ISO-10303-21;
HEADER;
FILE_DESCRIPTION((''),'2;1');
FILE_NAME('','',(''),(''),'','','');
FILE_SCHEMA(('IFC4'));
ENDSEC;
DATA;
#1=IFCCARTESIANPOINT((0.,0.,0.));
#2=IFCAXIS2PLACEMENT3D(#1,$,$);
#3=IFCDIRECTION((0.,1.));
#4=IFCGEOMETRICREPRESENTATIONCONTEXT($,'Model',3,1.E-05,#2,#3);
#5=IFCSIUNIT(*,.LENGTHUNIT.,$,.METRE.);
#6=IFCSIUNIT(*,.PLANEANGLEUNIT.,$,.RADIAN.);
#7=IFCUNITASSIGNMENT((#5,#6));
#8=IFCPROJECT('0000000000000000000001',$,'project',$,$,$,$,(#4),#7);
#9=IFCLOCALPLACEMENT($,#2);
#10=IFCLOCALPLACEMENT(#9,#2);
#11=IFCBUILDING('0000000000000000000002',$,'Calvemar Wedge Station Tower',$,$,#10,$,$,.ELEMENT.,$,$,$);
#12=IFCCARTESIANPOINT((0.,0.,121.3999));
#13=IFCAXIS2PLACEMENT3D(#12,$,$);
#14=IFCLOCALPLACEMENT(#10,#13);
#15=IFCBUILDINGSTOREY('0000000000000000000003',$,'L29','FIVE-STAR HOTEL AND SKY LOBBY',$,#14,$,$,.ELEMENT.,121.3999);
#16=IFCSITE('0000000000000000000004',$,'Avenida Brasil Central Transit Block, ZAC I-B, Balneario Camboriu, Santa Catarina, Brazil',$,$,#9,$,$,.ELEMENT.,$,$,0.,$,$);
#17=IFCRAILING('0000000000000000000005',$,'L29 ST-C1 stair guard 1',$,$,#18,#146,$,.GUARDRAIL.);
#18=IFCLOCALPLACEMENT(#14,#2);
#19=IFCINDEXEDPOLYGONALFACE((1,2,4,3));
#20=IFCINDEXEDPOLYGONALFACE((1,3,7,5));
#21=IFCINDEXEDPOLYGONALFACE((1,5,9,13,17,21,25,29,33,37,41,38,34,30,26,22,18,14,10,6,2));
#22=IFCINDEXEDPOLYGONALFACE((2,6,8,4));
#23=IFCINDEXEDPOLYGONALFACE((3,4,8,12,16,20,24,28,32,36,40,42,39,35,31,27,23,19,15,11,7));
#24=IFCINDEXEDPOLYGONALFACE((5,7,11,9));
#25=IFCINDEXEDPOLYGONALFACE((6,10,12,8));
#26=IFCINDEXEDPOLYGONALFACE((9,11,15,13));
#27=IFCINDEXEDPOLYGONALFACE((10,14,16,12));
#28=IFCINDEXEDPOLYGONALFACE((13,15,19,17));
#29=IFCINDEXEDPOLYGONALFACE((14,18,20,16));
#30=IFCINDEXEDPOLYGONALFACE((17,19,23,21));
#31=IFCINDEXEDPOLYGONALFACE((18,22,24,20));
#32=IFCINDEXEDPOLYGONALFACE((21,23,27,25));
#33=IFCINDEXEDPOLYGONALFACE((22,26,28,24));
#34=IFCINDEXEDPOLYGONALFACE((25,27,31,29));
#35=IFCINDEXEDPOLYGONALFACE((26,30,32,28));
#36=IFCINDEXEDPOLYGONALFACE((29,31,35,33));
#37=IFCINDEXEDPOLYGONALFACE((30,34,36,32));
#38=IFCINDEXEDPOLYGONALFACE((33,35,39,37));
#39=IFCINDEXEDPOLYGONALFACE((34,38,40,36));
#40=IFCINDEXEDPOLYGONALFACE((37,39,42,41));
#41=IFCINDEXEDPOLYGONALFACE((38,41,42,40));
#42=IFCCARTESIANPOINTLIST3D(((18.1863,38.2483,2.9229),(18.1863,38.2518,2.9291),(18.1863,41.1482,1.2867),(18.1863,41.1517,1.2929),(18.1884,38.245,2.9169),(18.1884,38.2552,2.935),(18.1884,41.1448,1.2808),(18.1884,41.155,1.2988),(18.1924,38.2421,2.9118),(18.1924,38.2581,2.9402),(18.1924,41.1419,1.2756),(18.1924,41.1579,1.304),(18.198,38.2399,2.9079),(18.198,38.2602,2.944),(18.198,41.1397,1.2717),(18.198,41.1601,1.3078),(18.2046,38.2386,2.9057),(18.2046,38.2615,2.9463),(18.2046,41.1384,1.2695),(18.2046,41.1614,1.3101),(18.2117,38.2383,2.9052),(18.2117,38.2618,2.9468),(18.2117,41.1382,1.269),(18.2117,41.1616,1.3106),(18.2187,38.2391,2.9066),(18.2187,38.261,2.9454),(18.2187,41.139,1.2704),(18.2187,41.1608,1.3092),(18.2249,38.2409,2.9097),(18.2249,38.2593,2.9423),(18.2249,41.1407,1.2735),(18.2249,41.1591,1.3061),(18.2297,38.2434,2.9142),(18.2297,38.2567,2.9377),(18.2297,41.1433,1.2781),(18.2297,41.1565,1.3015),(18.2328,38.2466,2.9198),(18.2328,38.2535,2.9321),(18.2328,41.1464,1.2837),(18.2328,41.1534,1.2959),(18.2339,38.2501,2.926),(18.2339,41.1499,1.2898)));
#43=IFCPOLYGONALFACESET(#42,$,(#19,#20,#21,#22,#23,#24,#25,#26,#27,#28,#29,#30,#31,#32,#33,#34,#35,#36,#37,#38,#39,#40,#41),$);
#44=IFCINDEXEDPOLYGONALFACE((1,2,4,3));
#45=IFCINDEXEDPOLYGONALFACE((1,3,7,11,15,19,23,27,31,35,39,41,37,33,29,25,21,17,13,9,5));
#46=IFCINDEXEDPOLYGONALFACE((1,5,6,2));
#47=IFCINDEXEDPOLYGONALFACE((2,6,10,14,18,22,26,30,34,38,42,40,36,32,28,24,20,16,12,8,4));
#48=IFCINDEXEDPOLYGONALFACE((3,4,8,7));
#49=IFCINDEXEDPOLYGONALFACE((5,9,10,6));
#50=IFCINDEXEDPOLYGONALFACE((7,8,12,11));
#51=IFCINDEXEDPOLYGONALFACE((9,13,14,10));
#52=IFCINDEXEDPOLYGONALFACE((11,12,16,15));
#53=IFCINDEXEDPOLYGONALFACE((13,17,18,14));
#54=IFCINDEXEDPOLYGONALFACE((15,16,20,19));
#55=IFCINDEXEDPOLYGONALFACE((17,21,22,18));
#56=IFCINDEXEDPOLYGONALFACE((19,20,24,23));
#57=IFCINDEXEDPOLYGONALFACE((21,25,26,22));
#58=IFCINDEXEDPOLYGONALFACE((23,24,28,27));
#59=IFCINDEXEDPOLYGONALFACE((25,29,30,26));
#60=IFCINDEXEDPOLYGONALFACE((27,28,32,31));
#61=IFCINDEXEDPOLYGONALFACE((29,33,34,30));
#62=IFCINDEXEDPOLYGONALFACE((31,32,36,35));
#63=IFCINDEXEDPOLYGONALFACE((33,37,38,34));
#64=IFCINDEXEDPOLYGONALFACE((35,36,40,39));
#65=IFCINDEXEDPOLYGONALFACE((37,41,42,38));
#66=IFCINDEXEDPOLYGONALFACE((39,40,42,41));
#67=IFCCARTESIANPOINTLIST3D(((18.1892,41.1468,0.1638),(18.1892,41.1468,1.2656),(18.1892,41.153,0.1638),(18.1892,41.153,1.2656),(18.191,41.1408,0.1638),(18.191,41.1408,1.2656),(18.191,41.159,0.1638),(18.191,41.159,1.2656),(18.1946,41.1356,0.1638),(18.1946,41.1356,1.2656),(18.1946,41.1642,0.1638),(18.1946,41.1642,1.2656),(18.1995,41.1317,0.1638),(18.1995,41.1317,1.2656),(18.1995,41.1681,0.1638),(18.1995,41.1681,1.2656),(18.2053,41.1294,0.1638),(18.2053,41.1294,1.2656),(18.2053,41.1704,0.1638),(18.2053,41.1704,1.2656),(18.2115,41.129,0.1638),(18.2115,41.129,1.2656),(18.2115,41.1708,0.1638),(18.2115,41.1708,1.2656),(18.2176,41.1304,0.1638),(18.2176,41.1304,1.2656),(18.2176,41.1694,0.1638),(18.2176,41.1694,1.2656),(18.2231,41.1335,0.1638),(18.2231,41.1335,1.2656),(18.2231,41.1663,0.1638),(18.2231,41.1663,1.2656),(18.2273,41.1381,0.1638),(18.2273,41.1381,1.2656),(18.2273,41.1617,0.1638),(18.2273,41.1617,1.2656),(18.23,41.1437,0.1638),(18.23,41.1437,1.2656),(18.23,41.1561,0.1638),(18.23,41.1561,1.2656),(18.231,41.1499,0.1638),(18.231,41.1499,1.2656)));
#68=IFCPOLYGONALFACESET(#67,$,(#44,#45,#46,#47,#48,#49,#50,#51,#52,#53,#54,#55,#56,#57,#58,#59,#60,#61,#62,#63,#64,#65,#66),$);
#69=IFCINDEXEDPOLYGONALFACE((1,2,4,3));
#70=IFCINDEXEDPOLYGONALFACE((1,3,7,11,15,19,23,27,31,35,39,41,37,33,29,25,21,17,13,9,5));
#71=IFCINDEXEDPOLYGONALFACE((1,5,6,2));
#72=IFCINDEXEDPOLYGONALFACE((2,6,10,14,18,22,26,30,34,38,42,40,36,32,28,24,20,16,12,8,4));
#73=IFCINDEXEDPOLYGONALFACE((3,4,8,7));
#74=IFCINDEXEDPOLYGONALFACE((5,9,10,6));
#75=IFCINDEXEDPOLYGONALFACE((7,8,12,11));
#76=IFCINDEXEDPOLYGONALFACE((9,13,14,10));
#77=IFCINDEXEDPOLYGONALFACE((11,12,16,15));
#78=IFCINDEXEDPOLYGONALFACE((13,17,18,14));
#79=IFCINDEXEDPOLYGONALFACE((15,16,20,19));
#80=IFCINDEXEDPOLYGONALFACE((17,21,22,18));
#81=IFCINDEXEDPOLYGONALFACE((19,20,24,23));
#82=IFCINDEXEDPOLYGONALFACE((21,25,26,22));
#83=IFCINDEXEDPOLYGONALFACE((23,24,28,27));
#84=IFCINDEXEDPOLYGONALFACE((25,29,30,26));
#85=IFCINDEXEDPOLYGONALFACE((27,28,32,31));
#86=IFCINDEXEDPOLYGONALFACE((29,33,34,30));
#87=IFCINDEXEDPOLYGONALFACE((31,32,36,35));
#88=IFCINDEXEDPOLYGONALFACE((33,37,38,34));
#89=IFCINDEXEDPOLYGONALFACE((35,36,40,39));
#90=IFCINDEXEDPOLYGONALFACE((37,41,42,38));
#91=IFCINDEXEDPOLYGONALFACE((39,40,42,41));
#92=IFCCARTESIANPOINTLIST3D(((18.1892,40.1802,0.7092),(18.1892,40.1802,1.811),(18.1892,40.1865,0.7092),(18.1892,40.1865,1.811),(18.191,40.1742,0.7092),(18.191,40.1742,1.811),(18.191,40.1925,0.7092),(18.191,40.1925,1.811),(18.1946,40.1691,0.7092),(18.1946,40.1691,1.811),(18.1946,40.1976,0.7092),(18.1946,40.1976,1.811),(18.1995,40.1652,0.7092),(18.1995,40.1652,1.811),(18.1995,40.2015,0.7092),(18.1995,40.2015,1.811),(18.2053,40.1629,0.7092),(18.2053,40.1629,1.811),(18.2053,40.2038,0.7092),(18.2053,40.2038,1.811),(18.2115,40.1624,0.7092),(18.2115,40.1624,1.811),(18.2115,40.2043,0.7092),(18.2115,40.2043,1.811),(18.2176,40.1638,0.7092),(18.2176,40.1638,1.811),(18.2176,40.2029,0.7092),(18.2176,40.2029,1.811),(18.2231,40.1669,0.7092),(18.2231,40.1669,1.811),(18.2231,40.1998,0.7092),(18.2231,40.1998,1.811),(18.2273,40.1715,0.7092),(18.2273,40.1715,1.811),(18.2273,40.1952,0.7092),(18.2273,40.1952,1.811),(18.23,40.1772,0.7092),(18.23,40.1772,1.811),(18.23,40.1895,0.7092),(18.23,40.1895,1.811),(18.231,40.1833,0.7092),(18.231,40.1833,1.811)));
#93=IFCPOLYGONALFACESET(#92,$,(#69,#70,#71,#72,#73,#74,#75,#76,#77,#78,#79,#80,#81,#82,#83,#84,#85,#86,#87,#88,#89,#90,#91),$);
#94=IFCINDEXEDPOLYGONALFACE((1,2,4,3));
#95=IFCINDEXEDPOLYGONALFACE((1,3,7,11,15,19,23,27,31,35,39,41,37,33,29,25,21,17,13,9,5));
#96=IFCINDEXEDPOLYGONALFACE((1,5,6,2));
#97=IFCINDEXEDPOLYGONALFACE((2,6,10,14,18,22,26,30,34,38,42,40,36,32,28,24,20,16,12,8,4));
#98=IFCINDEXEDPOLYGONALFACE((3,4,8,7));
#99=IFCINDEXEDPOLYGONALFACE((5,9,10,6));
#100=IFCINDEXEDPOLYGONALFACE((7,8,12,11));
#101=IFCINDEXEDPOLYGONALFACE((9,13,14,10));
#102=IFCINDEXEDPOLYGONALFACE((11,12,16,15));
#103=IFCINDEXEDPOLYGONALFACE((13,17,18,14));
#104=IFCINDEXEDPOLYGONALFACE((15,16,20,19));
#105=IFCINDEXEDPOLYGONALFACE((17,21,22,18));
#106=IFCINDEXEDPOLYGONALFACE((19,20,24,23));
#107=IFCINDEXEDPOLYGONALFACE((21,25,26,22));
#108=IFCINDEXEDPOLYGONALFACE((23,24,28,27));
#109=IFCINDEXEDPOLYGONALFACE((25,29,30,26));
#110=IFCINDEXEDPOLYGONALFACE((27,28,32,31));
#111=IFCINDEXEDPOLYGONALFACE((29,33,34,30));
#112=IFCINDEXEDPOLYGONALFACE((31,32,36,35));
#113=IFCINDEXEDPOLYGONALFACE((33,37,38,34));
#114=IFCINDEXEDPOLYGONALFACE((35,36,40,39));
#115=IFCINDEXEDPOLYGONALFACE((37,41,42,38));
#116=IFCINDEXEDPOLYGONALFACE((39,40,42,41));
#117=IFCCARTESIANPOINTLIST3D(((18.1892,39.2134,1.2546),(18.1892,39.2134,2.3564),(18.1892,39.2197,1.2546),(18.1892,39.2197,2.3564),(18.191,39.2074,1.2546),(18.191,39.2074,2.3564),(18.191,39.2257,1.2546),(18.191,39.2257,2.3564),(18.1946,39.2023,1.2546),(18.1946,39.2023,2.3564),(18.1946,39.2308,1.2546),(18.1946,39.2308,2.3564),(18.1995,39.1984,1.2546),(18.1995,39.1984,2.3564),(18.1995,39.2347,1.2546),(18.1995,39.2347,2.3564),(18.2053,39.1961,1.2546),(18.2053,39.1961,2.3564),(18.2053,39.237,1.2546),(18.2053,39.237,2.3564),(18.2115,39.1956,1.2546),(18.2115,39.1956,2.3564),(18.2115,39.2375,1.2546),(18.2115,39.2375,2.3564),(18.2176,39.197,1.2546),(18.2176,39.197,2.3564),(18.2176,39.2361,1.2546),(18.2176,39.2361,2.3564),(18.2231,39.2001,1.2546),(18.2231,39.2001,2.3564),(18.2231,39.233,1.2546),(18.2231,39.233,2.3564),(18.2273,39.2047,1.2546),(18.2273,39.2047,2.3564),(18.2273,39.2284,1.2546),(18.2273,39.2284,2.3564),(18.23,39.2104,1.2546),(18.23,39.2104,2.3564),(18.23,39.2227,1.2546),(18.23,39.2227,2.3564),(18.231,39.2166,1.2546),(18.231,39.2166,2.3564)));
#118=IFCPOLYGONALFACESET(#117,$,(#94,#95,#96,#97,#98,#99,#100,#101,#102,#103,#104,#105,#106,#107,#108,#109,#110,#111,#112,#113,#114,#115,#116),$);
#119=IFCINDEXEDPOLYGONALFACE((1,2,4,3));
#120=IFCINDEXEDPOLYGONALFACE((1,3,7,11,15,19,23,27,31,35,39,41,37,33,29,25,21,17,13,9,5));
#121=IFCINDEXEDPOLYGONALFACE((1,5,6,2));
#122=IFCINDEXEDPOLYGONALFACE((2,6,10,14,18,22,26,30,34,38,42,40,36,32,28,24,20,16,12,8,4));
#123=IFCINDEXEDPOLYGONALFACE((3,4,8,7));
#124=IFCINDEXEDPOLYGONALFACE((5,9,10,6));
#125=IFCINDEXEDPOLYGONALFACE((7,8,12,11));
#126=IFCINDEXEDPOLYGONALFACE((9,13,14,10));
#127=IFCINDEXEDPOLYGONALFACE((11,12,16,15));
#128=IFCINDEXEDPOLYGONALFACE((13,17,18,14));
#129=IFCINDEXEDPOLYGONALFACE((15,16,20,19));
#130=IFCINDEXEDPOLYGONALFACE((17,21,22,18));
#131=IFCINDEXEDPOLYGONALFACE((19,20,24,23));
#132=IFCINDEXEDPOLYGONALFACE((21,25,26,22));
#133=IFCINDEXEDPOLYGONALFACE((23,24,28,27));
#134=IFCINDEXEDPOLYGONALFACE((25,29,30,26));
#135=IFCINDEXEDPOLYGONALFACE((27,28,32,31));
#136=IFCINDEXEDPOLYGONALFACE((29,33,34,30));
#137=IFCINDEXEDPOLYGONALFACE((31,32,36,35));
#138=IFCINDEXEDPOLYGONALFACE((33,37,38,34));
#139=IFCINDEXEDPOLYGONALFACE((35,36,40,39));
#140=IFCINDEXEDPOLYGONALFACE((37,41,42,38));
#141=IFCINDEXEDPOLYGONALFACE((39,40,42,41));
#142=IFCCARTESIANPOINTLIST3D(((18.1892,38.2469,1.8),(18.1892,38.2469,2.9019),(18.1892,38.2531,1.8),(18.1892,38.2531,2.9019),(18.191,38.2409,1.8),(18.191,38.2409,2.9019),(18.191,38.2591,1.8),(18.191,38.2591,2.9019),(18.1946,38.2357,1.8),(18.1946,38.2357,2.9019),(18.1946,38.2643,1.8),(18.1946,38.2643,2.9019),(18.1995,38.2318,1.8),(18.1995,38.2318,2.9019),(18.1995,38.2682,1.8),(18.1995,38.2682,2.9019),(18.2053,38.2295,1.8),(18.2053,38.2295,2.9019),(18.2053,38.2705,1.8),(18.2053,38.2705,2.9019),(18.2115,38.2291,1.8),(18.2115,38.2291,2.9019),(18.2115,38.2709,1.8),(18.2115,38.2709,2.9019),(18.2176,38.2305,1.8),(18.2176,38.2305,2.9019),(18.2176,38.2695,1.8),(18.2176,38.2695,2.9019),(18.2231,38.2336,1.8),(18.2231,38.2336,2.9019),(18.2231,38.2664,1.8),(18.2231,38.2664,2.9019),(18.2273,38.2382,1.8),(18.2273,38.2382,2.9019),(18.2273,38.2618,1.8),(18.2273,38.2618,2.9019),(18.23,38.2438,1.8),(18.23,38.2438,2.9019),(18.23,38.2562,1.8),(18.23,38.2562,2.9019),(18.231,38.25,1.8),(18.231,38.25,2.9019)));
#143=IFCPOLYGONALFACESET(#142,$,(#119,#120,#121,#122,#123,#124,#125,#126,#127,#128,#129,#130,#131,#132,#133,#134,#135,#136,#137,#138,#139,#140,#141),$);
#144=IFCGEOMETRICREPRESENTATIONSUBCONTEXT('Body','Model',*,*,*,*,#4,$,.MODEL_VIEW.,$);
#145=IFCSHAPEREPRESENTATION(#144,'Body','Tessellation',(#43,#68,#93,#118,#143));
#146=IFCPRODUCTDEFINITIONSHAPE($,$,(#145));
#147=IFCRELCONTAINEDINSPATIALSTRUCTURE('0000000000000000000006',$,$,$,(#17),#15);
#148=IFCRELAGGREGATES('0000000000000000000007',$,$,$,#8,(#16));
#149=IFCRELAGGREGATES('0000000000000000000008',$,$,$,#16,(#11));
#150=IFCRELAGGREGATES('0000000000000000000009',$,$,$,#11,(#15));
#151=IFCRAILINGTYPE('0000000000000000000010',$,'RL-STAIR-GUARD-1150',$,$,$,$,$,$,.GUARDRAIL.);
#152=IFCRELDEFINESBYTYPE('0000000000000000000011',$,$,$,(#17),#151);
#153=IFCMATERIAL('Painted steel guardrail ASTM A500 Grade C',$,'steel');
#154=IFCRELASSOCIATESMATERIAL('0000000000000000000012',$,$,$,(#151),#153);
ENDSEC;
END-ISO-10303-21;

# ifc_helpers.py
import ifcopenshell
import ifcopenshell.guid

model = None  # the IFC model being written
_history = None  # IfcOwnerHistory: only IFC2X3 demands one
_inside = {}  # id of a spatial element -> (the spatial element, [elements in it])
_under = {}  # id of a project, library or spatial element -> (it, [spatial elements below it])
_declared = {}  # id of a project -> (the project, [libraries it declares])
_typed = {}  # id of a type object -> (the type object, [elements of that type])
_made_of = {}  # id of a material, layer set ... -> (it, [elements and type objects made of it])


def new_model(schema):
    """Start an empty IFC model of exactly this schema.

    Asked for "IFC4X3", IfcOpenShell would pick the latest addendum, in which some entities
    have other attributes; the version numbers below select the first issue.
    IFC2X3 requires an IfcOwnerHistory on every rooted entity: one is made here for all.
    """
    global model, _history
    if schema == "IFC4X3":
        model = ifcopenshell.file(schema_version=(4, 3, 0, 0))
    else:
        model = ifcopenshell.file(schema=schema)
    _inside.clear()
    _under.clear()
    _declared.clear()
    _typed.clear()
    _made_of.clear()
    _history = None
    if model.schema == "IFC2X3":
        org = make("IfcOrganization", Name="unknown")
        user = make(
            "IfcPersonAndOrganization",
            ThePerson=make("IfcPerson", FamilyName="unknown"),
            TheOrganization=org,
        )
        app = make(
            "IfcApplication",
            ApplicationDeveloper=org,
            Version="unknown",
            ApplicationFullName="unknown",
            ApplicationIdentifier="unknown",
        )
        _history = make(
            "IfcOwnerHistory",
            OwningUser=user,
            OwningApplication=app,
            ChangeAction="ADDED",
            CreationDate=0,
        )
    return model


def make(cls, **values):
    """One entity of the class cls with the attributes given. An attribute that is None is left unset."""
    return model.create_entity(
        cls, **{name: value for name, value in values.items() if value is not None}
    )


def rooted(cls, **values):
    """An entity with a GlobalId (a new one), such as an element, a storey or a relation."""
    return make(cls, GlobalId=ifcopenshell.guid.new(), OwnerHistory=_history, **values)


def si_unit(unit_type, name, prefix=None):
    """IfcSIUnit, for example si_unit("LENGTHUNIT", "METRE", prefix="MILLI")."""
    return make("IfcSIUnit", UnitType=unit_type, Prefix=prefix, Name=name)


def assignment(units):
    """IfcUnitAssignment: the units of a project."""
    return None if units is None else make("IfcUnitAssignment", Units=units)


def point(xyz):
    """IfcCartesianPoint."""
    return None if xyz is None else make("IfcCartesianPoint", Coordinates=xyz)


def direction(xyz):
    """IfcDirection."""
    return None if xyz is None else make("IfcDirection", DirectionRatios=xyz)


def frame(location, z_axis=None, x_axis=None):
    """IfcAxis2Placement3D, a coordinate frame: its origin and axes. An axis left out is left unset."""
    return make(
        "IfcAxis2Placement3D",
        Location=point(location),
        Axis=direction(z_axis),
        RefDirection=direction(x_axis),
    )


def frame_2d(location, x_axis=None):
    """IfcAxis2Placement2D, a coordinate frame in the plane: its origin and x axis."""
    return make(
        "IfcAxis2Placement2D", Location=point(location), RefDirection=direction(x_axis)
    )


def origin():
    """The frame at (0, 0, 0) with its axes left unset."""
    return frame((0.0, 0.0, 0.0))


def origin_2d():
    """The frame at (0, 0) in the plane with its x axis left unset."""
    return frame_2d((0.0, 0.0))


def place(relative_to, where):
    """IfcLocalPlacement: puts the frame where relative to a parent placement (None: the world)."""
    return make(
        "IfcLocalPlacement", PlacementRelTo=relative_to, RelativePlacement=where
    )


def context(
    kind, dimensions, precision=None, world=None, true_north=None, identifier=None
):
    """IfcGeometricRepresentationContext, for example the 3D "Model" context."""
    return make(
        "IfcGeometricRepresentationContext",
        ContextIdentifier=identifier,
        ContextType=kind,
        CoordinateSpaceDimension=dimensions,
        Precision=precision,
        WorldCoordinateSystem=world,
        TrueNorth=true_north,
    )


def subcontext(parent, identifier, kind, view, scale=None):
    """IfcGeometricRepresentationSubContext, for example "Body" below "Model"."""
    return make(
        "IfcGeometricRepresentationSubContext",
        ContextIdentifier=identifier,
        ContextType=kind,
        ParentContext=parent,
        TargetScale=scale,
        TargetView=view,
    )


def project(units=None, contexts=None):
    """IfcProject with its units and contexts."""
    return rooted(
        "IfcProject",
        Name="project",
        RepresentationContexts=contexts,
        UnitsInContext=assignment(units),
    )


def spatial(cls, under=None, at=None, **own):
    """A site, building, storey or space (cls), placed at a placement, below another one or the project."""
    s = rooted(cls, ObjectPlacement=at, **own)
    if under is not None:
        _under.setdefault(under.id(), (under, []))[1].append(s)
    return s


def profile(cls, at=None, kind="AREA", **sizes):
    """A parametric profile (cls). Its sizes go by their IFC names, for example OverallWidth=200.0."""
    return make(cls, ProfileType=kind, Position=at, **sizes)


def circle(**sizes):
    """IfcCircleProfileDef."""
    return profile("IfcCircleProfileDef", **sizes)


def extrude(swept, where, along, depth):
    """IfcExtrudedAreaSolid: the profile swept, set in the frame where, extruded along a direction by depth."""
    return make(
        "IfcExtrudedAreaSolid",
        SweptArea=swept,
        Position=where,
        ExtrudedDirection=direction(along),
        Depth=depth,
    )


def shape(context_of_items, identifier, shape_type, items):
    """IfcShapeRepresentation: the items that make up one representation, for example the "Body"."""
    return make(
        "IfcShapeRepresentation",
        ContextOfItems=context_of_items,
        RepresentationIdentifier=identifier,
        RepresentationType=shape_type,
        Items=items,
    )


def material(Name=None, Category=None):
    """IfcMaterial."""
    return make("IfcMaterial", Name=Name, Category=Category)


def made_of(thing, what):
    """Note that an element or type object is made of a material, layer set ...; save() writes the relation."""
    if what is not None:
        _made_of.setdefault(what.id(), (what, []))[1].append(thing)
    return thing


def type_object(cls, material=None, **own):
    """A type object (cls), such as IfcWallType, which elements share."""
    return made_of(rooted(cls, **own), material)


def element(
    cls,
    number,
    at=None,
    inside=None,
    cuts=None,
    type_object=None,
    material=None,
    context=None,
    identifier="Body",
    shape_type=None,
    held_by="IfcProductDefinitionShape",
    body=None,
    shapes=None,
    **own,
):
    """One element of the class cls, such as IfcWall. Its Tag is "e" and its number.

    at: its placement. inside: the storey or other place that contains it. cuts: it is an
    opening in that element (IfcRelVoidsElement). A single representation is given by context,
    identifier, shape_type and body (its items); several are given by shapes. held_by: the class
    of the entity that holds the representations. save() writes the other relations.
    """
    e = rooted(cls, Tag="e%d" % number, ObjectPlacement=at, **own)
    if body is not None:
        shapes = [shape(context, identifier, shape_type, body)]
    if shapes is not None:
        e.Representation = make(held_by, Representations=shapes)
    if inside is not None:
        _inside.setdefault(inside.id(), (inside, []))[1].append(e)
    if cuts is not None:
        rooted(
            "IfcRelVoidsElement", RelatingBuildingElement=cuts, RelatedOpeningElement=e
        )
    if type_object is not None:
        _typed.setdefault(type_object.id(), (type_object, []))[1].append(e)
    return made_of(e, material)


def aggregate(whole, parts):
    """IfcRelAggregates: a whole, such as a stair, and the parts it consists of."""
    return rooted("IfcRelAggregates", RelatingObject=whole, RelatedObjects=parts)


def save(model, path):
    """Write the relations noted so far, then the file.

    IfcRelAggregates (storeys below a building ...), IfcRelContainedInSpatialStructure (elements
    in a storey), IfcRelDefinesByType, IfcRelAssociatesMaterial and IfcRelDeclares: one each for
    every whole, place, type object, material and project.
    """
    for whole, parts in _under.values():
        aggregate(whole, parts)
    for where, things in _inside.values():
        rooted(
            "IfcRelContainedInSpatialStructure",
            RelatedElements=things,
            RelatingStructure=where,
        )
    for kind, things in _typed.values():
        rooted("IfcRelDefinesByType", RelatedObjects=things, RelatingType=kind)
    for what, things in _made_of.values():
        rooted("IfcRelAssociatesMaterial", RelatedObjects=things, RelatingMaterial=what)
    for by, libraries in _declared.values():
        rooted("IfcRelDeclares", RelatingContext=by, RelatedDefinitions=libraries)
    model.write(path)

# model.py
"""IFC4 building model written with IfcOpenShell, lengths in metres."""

from ifc_helpers import new_model, si_unit, direction, frame, origin, origin_2d, place, context, subcontext, project, spatial, circle, extrude, material, type_object, element, save


model = new_model("IFC4")

# Units and contexts
model_context = context("Model", 3, precision=1e-05, world=origin(), true_north=direction((0.0, 1.0)))
body_context = subcontext(model_context, "Body", "Model", "MODEL_VIEW")
ifc_project = project(units=[si_unit("LENGTHUNIT", "METRE"), si_unit("PLANEANGLEUNIT", "RADIAN")], contexts=[model_context])

# Site, building, storey
site_placement = place(None, origin())
site = spatial("IfcSite", under=ifc_project, at=site_placement, Name="Avenida Brasil Central Transit Block, ZAC I-B, Balneario Camboriu, Santa Catarina, Brazil", CompositionType="ELEMENT", RefElevation=0.0)
building_placement = place(site_placement, origin())
building = spatial("IfcBuilding", under=site, at=building_placement, Name="Calvemar Wedge Station Tower", CompositionType="ELEMENT")
storey_placement = place(building_placement, frame((0.0, 0.0, 121.3999)))
storey = spatial("IfcBuildingStorey", under=building, at=storey_placement, Name="L29", Description="FIVE-STAR HOTEL AND SKY LOBBY", CompositionType="ELEMENT", Elevation=121.3999)

# Railing
ifc_material_1 = material(Name="Painted steel guardrail ASTM A500 Grade C", Category="steel")
railing_type_1 = type_object("IfcRailingType", Name="RL-STAIR-GUARD-1150", PredefinedType="GUARDRAIL", material=ifc_material_1)
railing_1_placement = place(storey_placement, frame((18.21, 41.1499, 0.1638)))
element("IfcRailing", 1, at=railing_1_placement, inside=storey, type_object=railing_type_1, Name="L29 ST-C1 stair guard 1", PredefinedType="GUARDRAIL", context=body_context, shape_type="SweptSolid", body=[
    extrude(circle(Radius=0.0239, at=origin_2d()), frame((0.0, 0.0, 1.126), z_axis=(0.0, -0.870929, 0.49141), x_axis=(1.0, 0.0, 0.0)), (0.0, 0.0, 1.0), 3.3296),
    extrude(circle(Radius=0.021, at=origin_2d()), origin(), (0.0, 0.0, 1.0), 1.1018),
    extrude(circle(Radius=0.021, at=origin_2d()), frame((0.0, -0.9666, 0.5454)), (0.0, 0.0, 1.0), 1.1018),
    extrude(circle(Radius=0.021, at=origin_2d()), frame((0.0, -1.9333, 1.0908)), (0.0, 0.0, 1.0), 1.1018),
    extrude(circle(Radius=0.021, at=origin_2d()), frame((0.0, -2.8999, 1.6362)), (0.0, 0.0, 1.0), 1.1018),
])

save(model, "model.ifc")
